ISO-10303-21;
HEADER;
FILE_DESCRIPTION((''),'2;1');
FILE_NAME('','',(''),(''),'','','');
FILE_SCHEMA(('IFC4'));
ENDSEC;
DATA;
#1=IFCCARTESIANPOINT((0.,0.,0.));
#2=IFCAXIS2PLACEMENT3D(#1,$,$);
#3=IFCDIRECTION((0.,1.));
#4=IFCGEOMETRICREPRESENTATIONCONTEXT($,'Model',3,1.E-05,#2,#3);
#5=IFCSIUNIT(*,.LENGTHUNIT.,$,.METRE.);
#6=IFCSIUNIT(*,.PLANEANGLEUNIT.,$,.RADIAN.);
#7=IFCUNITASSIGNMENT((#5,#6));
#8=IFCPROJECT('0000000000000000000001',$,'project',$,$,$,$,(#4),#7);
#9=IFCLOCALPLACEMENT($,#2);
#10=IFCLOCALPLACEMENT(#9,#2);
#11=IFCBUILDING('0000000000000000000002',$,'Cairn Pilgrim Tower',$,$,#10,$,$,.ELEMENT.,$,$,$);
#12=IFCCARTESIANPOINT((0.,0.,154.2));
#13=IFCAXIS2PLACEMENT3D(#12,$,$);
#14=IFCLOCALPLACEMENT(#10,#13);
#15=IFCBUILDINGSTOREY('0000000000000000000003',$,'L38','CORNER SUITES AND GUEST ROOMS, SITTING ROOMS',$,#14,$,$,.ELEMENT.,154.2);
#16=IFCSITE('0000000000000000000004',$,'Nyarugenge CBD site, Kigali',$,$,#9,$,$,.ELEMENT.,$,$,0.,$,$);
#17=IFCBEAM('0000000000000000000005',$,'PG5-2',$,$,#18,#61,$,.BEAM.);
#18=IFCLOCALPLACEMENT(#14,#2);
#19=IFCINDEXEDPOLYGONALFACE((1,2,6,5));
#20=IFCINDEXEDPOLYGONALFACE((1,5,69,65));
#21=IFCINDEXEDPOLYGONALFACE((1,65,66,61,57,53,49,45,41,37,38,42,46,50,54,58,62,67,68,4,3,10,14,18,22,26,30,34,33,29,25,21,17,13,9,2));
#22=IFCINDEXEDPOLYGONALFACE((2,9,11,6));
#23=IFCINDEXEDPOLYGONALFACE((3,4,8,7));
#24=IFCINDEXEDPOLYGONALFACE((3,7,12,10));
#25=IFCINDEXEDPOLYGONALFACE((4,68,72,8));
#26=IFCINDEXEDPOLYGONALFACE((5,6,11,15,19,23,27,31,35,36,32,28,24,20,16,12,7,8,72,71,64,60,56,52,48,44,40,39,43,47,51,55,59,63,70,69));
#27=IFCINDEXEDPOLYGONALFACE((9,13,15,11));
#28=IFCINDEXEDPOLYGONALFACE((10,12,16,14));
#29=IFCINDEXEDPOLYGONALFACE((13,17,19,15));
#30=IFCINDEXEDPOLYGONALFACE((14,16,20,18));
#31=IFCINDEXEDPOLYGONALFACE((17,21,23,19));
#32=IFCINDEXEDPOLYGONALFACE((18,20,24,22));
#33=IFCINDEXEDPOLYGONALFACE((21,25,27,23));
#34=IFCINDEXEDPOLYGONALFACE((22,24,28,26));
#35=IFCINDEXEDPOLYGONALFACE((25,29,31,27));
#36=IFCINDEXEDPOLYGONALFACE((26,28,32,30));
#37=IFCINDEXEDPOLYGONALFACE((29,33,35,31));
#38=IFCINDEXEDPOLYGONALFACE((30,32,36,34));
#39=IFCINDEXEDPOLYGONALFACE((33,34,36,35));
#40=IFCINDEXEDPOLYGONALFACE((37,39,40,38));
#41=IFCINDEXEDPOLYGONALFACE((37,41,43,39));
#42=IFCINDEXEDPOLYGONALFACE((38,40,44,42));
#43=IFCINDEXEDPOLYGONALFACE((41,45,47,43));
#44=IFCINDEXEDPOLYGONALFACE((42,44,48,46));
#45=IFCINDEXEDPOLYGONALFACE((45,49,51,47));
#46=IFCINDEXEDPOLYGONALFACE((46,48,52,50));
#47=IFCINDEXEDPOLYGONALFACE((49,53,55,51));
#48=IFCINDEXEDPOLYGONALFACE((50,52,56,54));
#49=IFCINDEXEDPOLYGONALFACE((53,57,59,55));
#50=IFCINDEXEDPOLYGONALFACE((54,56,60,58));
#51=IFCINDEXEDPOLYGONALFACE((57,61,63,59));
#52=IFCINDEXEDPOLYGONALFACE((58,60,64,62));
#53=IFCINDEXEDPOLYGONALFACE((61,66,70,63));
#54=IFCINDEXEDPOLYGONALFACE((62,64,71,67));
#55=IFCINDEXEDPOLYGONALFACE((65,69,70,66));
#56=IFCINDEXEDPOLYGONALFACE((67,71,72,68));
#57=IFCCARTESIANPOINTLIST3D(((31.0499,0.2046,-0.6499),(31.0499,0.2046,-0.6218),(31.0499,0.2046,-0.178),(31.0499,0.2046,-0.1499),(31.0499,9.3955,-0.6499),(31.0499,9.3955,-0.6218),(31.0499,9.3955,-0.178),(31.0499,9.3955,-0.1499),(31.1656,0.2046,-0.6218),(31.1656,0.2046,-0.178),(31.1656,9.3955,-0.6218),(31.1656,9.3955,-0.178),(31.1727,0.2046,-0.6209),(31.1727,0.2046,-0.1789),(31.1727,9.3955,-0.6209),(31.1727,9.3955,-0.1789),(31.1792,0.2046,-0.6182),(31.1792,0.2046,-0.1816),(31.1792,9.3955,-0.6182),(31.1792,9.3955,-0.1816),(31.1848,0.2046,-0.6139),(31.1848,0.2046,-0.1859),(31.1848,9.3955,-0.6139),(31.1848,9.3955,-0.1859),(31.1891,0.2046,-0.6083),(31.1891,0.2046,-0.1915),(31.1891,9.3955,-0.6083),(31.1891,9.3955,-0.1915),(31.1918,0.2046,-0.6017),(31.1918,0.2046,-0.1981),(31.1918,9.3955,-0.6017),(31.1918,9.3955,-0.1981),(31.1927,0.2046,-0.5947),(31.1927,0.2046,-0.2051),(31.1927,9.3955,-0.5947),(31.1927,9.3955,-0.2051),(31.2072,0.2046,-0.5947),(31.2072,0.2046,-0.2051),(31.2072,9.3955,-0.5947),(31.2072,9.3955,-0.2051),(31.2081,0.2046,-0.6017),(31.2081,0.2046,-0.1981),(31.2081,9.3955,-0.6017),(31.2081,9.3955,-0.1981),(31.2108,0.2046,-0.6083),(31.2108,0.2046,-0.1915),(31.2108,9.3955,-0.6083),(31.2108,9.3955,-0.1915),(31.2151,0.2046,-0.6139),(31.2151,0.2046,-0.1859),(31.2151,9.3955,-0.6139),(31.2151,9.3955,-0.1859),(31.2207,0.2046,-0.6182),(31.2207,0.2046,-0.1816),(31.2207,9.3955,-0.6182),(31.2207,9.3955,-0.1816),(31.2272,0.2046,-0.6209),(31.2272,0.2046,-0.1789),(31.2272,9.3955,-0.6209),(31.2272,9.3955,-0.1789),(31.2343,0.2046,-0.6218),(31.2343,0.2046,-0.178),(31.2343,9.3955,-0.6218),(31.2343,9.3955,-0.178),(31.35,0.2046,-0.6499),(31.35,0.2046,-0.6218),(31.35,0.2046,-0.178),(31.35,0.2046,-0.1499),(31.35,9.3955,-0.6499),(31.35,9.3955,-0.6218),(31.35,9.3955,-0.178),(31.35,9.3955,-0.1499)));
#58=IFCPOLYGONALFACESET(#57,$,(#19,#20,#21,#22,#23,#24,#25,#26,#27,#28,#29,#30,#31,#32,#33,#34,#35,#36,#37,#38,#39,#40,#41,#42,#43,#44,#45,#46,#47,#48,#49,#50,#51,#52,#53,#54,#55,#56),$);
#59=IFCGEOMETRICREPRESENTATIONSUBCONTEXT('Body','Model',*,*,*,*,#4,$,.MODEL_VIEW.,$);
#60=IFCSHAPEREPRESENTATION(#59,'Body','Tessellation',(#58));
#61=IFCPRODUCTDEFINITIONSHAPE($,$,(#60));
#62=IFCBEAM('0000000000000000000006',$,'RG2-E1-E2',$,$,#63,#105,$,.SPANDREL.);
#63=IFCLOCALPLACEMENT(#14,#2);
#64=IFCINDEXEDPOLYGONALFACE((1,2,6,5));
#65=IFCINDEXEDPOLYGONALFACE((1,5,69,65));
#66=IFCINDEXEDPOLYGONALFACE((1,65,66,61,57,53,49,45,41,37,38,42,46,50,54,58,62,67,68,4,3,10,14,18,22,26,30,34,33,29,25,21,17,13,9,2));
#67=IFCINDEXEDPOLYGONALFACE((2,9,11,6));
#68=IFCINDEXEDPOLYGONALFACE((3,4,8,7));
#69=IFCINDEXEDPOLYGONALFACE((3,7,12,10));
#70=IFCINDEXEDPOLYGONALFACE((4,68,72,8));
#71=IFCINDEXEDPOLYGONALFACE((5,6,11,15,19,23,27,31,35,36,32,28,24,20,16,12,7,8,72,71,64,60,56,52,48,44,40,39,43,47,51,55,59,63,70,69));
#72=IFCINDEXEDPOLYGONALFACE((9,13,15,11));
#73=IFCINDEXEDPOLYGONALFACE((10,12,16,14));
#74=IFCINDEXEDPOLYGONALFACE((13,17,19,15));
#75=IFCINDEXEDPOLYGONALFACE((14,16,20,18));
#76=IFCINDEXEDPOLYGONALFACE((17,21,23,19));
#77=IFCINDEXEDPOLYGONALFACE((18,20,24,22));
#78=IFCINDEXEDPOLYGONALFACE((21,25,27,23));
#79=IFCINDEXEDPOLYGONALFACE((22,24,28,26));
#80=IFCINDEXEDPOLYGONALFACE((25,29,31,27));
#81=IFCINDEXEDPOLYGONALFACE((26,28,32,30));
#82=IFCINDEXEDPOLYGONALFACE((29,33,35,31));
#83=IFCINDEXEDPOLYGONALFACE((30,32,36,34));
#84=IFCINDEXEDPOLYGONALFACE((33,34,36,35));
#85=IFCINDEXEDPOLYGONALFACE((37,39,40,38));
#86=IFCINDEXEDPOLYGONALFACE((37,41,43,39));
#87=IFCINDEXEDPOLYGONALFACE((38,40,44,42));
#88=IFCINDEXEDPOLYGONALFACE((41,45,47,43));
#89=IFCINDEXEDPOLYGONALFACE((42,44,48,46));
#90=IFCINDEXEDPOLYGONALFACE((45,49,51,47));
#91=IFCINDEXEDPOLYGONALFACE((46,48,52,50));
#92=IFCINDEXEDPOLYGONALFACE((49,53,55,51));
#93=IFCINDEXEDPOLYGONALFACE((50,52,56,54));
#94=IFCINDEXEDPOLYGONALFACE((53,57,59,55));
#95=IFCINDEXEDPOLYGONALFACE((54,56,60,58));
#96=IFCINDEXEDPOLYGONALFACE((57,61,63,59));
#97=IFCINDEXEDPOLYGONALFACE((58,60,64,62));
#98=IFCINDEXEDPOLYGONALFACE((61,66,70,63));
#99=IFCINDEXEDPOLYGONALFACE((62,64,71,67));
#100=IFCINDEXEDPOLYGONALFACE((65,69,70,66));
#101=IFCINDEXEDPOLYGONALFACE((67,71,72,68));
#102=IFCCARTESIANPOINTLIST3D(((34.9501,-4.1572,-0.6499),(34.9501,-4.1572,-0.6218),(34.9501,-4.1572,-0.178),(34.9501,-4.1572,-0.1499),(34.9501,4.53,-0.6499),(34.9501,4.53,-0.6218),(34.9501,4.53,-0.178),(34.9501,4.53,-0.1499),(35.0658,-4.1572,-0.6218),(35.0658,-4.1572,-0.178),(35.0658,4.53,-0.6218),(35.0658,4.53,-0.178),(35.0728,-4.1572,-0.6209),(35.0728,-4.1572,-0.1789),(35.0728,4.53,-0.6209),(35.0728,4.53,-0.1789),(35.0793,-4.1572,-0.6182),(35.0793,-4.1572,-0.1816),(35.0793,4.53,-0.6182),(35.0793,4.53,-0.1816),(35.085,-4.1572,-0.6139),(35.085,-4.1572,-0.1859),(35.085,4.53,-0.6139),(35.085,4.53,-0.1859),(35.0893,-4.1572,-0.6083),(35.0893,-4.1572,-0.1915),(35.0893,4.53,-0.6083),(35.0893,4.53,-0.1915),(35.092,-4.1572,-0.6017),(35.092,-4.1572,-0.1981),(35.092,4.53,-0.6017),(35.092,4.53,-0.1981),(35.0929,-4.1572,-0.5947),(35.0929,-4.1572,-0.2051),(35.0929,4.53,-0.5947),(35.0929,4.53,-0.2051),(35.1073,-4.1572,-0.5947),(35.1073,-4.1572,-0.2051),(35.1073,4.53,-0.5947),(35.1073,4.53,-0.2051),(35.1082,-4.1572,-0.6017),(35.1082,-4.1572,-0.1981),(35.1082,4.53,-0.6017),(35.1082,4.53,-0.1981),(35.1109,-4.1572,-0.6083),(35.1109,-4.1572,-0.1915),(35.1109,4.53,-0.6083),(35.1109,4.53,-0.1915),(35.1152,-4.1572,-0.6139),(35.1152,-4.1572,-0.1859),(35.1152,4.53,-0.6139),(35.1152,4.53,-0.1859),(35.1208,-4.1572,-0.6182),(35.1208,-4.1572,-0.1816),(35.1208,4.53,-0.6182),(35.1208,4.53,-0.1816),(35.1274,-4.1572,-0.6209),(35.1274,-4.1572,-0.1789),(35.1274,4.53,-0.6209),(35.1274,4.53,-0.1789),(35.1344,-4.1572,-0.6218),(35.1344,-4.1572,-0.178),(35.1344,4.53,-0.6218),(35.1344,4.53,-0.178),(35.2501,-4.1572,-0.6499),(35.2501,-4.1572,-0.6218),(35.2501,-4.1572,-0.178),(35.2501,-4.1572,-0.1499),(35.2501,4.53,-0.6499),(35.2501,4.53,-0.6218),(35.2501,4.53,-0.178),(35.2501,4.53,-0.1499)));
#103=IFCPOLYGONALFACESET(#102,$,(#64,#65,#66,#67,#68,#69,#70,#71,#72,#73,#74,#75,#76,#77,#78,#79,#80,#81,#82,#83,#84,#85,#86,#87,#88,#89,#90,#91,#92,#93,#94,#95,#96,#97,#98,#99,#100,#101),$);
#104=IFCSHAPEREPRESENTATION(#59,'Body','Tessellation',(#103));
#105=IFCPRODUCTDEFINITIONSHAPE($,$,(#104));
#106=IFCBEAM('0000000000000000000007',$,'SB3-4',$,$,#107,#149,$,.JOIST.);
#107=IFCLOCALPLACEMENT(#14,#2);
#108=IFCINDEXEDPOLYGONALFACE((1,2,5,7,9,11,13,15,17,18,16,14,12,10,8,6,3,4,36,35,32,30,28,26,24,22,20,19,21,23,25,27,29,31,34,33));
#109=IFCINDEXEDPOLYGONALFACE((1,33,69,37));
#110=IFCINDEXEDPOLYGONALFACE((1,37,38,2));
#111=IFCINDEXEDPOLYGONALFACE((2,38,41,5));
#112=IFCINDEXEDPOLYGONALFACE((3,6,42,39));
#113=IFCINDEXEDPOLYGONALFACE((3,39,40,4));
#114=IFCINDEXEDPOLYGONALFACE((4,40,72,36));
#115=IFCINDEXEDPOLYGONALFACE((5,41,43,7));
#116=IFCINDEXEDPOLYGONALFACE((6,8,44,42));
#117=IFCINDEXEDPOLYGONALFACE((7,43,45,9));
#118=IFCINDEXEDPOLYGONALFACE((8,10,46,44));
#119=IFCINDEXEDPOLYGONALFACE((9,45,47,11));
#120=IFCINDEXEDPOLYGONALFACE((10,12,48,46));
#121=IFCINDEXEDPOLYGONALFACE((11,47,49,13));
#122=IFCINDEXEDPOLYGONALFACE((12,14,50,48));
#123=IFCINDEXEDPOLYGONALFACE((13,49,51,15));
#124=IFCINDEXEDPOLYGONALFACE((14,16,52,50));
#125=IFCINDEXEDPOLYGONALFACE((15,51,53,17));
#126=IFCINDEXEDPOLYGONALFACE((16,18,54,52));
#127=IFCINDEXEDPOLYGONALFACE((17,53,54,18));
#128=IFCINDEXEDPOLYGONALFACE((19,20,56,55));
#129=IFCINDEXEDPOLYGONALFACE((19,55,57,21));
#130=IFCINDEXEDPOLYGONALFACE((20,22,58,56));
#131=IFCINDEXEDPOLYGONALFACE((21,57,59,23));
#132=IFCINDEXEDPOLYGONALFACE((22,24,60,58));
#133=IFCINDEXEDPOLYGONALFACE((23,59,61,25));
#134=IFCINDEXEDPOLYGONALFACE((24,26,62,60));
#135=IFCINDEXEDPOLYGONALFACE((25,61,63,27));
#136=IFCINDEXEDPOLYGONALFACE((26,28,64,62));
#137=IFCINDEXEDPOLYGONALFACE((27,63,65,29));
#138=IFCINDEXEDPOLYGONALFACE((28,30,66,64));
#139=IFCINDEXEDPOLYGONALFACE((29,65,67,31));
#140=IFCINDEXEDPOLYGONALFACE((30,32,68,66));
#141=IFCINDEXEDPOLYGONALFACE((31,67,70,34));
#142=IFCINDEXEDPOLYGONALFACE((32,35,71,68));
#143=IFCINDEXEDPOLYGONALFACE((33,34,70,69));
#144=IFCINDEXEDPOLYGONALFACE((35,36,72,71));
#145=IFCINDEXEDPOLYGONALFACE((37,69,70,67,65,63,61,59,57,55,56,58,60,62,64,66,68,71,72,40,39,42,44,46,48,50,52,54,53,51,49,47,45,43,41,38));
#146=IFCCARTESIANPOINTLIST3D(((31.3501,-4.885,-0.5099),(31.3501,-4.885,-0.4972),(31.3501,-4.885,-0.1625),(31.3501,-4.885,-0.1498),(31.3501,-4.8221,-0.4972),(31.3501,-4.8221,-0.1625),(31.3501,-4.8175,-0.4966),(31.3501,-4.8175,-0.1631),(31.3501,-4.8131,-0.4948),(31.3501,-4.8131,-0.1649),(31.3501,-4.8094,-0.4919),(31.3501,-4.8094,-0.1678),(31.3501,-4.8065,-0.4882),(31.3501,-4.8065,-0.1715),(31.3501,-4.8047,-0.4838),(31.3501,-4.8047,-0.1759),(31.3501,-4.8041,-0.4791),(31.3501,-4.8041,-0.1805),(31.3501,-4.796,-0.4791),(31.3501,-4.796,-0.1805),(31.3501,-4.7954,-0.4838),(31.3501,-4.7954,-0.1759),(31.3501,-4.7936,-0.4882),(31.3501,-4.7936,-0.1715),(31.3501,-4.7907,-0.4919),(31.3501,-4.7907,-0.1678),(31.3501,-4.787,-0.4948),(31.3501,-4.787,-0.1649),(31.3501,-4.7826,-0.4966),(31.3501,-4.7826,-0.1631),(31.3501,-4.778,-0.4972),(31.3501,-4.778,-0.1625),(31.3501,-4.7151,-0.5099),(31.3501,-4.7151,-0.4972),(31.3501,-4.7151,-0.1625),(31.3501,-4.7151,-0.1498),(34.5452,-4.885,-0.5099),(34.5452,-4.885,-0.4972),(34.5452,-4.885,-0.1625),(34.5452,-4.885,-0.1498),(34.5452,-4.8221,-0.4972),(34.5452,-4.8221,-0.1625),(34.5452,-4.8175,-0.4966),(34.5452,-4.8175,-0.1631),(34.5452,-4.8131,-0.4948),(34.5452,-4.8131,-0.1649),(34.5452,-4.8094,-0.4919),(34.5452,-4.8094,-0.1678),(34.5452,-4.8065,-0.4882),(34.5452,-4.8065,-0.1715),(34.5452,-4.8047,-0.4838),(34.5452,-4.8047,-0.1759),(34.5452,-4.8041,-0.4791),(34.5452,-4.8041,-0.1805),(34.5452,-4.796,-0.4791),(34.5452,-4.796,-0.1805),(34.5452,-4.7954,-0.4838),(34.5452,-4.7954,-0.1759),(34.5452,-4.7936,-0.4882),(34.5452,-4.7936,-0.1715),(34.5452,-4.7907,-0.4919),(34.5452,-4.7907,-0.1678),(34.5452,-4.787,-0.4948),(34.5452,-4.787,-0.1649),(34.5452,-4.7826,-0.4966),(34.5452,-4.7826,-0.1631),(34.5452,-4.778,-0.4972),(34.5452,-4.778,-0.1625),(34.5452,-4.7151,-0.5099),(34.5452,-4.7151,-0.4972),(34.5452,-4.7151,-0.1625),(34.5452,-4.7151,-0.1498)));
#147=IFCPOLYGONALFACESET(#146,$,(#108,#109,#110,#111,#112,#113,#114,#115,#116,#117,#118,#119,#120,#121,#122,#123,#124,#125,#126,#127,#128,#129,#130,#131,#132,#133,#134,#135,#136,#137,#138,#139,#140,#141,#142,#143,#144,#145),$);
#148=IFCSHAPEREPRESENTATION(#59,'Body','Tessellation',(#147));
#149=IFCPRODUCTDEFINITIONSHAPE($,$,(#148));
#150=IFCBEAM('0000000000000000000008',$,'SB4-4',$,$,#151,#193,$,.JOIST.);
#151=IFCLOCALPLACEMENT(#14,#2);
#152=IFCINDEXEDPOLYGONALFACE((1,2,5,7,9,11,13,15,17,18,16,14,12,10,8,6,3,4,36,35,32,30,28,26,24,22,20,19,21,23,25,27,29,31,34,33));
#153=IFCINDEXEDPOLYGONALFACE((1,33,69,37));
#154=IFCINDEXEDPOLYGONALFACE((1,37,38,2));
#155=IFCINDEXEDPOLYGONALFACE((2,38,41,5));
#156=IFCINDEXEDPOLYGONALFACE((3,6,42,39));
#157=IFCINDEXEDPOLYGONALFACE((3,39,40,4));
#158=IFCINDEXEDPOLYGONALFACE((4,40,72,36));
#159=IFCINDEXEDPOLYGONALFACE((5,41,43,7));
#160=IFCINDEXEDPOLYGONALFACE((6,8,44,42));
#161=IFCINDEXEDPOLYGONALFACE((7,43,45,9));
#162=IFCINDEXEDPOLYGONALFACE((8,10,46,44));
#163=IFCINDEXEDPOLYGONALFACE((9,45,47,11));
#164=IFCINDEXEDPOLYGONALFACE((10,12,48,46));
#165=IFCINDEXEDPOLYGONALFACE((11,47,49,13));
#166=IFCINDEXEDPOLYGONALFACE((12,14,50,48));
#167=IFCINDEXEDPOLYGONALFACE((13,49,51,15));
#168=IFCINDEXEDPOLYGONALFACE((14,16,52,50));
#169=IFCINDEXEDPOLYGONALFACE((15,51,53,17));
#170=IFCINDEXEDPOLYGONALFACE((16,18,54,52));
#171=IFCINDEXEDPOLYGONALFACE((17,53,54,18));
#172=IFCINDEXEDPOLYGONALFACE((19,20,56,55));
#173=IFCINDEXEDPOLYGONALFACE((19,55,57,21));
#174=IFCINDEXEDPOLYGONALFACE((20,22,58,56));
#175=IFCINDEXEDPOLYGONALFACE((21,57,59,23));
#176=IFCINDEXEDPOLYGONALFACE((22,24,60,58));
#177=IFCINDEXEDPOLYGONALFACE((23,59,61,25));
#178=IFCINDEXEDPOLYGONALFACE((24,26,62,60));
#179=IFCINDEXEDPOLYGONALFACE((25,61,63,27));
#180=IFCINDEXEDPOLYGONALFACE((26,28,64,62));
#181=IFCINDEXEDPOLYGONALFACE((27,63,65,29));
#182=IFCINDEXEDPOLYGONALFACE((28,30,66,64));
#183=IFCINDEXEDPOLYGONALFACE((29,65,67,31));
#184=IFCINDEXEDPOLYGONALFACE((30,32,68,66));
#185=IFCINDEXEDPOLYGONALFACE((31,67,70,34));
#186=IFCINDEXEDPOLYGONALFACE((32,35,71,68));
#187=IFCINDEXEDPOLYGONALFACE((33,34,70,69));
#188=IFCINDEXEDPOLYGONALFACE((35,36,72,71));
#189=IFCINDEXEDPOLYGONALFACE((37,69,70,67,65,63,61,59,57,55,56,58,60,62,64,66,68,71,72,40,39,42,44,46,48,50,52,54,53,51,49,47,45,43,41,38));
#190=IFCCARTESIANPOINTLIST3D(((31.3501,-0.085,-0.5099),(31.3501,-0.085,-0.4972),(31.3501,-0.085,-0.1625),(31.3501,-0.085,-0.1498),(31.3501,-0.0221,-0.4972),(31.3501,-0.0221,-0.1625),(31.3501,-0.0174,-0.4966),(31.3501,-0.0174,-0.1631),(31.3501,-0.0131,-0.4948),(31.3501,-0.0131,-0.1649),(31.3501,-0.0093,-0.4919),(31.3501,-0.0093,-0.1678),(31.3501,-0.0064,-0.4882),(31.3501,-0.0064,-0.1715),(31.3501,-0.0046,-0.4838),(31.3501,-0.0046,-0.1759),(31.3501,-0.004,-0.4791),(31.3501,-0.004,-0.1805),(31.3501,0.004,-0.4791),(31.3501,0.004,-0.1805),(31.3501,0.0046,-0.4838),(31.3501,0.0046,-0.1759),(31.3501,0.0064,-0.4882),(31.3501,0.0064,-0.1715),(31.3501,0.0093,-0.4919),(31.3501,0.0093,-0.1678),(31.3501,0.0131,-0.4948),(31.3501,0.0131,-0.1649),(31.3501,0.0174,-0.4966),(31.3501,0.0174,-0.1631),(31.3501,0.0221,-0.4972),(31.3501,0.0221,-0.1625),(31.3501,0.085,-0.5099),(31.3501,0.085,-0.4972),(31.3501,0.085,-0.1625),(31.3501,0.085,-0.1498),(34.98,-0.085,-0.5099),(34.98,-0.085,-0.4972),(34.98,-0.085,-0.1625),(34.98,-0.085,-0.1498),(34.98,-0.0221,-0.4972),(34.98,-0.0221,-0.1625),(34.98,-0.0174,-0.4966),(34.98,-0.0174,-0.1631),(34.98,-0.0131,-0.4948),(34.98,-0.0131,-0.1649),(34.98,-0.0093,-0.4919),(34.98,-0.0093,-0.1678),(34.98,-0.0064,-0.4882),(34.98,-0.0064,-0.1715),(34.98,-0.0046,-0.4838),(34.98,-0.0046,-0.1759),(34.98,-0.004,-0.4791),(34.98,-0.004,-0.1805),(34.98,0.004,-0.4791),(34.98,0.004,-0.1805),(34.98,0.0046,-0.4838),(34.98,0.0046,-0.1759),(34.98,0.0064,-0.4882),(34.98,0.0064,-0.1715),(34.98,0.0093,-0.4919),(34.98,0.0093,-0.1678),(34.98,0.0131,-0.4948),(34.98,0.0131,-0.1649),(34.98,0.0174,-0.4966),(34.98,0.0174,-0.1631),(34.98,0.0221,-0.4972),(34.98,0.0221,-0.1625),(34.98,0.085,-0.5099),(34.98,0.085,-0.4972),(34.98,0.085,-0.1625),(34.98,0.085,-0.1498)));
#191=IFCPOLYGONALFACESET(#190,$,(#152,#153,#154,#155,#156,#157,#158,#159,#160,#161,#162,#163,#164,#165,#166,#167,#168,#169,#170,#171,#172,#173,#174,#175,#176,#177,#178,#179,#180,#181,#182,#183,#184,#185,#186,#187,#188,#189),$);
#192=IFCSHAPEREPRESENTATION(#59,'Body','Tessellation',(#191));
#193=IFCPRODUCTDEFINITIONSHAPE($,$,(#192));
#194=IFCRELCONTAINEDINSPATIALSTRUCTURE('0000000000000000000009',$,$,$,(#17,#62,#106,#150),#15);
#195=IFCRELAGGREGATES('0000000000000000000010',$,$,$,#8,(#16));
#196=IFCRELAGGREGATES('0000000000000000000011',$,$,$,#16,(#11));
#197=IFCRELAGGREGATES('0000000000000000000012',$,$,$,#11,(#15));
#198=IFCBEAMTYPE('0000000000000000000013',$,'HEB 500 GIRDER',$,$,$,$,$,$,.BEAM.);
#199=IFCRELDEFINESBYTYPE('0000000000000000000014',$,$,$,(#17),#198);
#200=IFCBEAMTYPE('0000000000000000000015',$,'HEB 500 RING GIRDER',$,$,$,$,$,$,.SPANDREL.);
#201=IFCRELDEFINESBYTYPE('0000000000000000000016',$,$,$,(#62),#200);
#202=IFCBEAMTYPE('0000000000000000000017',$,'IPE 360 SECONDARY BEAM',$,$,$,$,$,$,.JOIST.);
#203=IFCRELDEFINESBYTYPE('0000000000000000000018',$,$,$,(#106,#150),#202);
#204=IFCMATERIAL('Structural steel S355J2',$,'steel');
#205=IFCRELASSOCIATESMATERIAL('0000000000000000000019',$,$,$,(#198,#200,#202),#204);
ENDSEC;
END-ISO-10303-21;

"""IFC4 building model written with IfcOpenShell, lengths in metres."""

from ifc_helpers import new_model, si_unit, direction, frame, origin, origin_2d, place, context, subcontext, project, spatial, i_section, extrude, material, material_profile, profile_set, type_object, element, save


model = new_model("IFC4")

# Units and contexts
model_context = context("Model", 3, precision=1e-05, world=origin(), true_north=direction((0.0, 1.0)))
body_context = subcontext(model_context, "Body", "Model", "MODEL_VIEW")
ifc_project = project(units=[si_unit("LENGTHUNIT", "METRE"), si_unit("PLANEANGLEUNIT", "RADIAN")], contexts=[model_context])

# Site, building, storey
site_placement = place(None, origin())
site = spatial("IfcSite", under=ifc_project, at=site_placement, Name="Nyarugenge CBD site, Kigali", CompositionType="ELEMENT", RefElevation=0.0)
building_placement = place(site_placement, origin())
building = spatial("IfcBuilding", under=site, at=building_placement, Name="Cairn Pilgrim Tower", CompositionType="ELEMENT")
storey_placement = place(building_placement, frame((0.0, 0.0, 154.2)))
storey = spatial("IfcBuildingStorey", under=building, at=storey_placement, Name="L38", Description="CORNER SUITES AND GUEST ROOMS, SITTING ROOMS", CompositionType="ELEMENT", Elevation=154.2)

# Beams
ifc_material_1 = material(Name="Structural steel S355J2", Category="steel")
ifc_material_profile_1 = material_profile(ifc_material_1, i_section(OverallWidth=0.3, OverallDepth=0.5, WebThickness=0.0144, FlangeThickness=0.0281, FilletRadius=0.0271, at=origin_2d()), Name="HEB 500")
ifc_profile_set_1 = profile_set([ifc_material_profile_1], Name="Structural steel S355J2")
beam_type_1 = type_object("IfcBeamType", Name="HEB 500 GIRDER", PredefinedType="BEAM", material=ifc_profile_set_1)
beam_1_placement = place(storey_placement, frame((31.2, 0.2046, -0.3999), z_axis=(0.0, 1.0, 0.0), x_axis=(-1.0, 0.0, 0.0)))
element("IfcBeam", 1, at=beam_1_placement, inside=storey, type_object=beam_type_1, Name="PG5-2", PredefinedType="BEAM", context=body_context, shape_type="SweptSolid", body=[
    extrude(i_section(OverallWidth=0.3, OverallDepth=0.5, WebThickness=0.0144, FlangeThickness=0.0281, FilletRadius=0.0271, at=origin_2d()), origin(), (0.0, 0.0, 1.0), 9.1909),
])
ifc_material_profile_2 = material_profile(ifc_material_1, i_section(OverallWidth=0.3, OverallDepth=0.5, WebThickness=0.0144, FlangeThickness=0.0281, FilletRadius=0.0271, at=origin_2d()), Name="HEB 500")
ifc_profile_set_2 = profile_set([ifc_material_profile_2], Name="Structural steel S355J2")
beam_type_2 = type_object("IfcBeamType", Name="HEB 500 RING GIRDER", PredefinedType="SPANDREL", material=ifc_profile_set_2)
beam_2_placement = place(storey_placement, frame((35.1001, -4.1572, -0.3999), z_axis=(0.0, 1.0, 0.0), x_axis=(-1.0, 0.0, 0.0)))
element("IfcBeam", 2, at=beam_2_placement, inside=storey, type_object=beam_type_2, Name="RG2-E1-E2", PredefinedType="SPANDREL", context=body_context, shape_type="SweptSolid", body=[
    extrude(i_section(OverallWidth=0.3, OverallDepth=0.5, WebThickness=0.0144, FlangeThickness=0.0281, FilletRadius=0.0271, at=origin_2d()), origin(), (0.0, 0.0, 1.0), 8.6873),
])
ifc_material_profile_3 = material_profile(ifc_material_1, i_section(OverallWidth=0.1699, OverallDepth=0.3601, WebThickness=0.0081, FlangeThickness=0.0127, FilletRadius=0.0181, at=origin_2d()), Name="IPE 360")
ifc_profile_set_3 = profile_set([ifc_material_profile_3], Name="Structural steel S355J2")
beam_type_3 = type_object("IfcBeamType", Name="IPE 360 SECONDARY BEAM", PredefinedType="JOIST", material=ifc_profile_set_3)
beam_3_placement = place(storey_placement, frame((31.3501, -4.8, -0.3298), z_axis=(1.0, 0.0, 0.0), x_axis=(0.0, 1.0, 0.0)))
element("IfcBeam", 3, at=beam_3_placement, inside=storey, type_object=beam_type_3, Name="SB3-4", PredefinedType="JOIST", context=body_context, shape_type="SweptSolid", body=[
    extrude(i_section(OverallWidth=0.1699, OverallDepth=0.3601, WebThickness=0.0081, FlangeThickness=0.0127, FilletRadius=0.0181, at=origin_2d()), origin(), (0.0, 0.0, 1.0), 3.1951),
])
beam_4_placement = place(storey_placement, frame((31.3501, 0.0, -0.3298), z_axis=(1.0, 0.0, 0.0), x_axis=(0.0, 1.0, 0.0)))
element("IfcBeam", 4, at=beam_4_placement, inside=storey, type_object=beam_type_3, Name="SB4-4", PredefinedType="JOIST", context=body_context, shape_type="SweptSolid", body=[
    extrude(i_section(OverallWidth=0.1699, OverallDepth=0.3601, WebThickness=0.0081, FlangeThickness=0.0127, FilletRadius=0.0181, at=origin_2d()), origin(), (0.0, 0.0, 1.0), 3.6299),
])

save(model, "model.ifc")
